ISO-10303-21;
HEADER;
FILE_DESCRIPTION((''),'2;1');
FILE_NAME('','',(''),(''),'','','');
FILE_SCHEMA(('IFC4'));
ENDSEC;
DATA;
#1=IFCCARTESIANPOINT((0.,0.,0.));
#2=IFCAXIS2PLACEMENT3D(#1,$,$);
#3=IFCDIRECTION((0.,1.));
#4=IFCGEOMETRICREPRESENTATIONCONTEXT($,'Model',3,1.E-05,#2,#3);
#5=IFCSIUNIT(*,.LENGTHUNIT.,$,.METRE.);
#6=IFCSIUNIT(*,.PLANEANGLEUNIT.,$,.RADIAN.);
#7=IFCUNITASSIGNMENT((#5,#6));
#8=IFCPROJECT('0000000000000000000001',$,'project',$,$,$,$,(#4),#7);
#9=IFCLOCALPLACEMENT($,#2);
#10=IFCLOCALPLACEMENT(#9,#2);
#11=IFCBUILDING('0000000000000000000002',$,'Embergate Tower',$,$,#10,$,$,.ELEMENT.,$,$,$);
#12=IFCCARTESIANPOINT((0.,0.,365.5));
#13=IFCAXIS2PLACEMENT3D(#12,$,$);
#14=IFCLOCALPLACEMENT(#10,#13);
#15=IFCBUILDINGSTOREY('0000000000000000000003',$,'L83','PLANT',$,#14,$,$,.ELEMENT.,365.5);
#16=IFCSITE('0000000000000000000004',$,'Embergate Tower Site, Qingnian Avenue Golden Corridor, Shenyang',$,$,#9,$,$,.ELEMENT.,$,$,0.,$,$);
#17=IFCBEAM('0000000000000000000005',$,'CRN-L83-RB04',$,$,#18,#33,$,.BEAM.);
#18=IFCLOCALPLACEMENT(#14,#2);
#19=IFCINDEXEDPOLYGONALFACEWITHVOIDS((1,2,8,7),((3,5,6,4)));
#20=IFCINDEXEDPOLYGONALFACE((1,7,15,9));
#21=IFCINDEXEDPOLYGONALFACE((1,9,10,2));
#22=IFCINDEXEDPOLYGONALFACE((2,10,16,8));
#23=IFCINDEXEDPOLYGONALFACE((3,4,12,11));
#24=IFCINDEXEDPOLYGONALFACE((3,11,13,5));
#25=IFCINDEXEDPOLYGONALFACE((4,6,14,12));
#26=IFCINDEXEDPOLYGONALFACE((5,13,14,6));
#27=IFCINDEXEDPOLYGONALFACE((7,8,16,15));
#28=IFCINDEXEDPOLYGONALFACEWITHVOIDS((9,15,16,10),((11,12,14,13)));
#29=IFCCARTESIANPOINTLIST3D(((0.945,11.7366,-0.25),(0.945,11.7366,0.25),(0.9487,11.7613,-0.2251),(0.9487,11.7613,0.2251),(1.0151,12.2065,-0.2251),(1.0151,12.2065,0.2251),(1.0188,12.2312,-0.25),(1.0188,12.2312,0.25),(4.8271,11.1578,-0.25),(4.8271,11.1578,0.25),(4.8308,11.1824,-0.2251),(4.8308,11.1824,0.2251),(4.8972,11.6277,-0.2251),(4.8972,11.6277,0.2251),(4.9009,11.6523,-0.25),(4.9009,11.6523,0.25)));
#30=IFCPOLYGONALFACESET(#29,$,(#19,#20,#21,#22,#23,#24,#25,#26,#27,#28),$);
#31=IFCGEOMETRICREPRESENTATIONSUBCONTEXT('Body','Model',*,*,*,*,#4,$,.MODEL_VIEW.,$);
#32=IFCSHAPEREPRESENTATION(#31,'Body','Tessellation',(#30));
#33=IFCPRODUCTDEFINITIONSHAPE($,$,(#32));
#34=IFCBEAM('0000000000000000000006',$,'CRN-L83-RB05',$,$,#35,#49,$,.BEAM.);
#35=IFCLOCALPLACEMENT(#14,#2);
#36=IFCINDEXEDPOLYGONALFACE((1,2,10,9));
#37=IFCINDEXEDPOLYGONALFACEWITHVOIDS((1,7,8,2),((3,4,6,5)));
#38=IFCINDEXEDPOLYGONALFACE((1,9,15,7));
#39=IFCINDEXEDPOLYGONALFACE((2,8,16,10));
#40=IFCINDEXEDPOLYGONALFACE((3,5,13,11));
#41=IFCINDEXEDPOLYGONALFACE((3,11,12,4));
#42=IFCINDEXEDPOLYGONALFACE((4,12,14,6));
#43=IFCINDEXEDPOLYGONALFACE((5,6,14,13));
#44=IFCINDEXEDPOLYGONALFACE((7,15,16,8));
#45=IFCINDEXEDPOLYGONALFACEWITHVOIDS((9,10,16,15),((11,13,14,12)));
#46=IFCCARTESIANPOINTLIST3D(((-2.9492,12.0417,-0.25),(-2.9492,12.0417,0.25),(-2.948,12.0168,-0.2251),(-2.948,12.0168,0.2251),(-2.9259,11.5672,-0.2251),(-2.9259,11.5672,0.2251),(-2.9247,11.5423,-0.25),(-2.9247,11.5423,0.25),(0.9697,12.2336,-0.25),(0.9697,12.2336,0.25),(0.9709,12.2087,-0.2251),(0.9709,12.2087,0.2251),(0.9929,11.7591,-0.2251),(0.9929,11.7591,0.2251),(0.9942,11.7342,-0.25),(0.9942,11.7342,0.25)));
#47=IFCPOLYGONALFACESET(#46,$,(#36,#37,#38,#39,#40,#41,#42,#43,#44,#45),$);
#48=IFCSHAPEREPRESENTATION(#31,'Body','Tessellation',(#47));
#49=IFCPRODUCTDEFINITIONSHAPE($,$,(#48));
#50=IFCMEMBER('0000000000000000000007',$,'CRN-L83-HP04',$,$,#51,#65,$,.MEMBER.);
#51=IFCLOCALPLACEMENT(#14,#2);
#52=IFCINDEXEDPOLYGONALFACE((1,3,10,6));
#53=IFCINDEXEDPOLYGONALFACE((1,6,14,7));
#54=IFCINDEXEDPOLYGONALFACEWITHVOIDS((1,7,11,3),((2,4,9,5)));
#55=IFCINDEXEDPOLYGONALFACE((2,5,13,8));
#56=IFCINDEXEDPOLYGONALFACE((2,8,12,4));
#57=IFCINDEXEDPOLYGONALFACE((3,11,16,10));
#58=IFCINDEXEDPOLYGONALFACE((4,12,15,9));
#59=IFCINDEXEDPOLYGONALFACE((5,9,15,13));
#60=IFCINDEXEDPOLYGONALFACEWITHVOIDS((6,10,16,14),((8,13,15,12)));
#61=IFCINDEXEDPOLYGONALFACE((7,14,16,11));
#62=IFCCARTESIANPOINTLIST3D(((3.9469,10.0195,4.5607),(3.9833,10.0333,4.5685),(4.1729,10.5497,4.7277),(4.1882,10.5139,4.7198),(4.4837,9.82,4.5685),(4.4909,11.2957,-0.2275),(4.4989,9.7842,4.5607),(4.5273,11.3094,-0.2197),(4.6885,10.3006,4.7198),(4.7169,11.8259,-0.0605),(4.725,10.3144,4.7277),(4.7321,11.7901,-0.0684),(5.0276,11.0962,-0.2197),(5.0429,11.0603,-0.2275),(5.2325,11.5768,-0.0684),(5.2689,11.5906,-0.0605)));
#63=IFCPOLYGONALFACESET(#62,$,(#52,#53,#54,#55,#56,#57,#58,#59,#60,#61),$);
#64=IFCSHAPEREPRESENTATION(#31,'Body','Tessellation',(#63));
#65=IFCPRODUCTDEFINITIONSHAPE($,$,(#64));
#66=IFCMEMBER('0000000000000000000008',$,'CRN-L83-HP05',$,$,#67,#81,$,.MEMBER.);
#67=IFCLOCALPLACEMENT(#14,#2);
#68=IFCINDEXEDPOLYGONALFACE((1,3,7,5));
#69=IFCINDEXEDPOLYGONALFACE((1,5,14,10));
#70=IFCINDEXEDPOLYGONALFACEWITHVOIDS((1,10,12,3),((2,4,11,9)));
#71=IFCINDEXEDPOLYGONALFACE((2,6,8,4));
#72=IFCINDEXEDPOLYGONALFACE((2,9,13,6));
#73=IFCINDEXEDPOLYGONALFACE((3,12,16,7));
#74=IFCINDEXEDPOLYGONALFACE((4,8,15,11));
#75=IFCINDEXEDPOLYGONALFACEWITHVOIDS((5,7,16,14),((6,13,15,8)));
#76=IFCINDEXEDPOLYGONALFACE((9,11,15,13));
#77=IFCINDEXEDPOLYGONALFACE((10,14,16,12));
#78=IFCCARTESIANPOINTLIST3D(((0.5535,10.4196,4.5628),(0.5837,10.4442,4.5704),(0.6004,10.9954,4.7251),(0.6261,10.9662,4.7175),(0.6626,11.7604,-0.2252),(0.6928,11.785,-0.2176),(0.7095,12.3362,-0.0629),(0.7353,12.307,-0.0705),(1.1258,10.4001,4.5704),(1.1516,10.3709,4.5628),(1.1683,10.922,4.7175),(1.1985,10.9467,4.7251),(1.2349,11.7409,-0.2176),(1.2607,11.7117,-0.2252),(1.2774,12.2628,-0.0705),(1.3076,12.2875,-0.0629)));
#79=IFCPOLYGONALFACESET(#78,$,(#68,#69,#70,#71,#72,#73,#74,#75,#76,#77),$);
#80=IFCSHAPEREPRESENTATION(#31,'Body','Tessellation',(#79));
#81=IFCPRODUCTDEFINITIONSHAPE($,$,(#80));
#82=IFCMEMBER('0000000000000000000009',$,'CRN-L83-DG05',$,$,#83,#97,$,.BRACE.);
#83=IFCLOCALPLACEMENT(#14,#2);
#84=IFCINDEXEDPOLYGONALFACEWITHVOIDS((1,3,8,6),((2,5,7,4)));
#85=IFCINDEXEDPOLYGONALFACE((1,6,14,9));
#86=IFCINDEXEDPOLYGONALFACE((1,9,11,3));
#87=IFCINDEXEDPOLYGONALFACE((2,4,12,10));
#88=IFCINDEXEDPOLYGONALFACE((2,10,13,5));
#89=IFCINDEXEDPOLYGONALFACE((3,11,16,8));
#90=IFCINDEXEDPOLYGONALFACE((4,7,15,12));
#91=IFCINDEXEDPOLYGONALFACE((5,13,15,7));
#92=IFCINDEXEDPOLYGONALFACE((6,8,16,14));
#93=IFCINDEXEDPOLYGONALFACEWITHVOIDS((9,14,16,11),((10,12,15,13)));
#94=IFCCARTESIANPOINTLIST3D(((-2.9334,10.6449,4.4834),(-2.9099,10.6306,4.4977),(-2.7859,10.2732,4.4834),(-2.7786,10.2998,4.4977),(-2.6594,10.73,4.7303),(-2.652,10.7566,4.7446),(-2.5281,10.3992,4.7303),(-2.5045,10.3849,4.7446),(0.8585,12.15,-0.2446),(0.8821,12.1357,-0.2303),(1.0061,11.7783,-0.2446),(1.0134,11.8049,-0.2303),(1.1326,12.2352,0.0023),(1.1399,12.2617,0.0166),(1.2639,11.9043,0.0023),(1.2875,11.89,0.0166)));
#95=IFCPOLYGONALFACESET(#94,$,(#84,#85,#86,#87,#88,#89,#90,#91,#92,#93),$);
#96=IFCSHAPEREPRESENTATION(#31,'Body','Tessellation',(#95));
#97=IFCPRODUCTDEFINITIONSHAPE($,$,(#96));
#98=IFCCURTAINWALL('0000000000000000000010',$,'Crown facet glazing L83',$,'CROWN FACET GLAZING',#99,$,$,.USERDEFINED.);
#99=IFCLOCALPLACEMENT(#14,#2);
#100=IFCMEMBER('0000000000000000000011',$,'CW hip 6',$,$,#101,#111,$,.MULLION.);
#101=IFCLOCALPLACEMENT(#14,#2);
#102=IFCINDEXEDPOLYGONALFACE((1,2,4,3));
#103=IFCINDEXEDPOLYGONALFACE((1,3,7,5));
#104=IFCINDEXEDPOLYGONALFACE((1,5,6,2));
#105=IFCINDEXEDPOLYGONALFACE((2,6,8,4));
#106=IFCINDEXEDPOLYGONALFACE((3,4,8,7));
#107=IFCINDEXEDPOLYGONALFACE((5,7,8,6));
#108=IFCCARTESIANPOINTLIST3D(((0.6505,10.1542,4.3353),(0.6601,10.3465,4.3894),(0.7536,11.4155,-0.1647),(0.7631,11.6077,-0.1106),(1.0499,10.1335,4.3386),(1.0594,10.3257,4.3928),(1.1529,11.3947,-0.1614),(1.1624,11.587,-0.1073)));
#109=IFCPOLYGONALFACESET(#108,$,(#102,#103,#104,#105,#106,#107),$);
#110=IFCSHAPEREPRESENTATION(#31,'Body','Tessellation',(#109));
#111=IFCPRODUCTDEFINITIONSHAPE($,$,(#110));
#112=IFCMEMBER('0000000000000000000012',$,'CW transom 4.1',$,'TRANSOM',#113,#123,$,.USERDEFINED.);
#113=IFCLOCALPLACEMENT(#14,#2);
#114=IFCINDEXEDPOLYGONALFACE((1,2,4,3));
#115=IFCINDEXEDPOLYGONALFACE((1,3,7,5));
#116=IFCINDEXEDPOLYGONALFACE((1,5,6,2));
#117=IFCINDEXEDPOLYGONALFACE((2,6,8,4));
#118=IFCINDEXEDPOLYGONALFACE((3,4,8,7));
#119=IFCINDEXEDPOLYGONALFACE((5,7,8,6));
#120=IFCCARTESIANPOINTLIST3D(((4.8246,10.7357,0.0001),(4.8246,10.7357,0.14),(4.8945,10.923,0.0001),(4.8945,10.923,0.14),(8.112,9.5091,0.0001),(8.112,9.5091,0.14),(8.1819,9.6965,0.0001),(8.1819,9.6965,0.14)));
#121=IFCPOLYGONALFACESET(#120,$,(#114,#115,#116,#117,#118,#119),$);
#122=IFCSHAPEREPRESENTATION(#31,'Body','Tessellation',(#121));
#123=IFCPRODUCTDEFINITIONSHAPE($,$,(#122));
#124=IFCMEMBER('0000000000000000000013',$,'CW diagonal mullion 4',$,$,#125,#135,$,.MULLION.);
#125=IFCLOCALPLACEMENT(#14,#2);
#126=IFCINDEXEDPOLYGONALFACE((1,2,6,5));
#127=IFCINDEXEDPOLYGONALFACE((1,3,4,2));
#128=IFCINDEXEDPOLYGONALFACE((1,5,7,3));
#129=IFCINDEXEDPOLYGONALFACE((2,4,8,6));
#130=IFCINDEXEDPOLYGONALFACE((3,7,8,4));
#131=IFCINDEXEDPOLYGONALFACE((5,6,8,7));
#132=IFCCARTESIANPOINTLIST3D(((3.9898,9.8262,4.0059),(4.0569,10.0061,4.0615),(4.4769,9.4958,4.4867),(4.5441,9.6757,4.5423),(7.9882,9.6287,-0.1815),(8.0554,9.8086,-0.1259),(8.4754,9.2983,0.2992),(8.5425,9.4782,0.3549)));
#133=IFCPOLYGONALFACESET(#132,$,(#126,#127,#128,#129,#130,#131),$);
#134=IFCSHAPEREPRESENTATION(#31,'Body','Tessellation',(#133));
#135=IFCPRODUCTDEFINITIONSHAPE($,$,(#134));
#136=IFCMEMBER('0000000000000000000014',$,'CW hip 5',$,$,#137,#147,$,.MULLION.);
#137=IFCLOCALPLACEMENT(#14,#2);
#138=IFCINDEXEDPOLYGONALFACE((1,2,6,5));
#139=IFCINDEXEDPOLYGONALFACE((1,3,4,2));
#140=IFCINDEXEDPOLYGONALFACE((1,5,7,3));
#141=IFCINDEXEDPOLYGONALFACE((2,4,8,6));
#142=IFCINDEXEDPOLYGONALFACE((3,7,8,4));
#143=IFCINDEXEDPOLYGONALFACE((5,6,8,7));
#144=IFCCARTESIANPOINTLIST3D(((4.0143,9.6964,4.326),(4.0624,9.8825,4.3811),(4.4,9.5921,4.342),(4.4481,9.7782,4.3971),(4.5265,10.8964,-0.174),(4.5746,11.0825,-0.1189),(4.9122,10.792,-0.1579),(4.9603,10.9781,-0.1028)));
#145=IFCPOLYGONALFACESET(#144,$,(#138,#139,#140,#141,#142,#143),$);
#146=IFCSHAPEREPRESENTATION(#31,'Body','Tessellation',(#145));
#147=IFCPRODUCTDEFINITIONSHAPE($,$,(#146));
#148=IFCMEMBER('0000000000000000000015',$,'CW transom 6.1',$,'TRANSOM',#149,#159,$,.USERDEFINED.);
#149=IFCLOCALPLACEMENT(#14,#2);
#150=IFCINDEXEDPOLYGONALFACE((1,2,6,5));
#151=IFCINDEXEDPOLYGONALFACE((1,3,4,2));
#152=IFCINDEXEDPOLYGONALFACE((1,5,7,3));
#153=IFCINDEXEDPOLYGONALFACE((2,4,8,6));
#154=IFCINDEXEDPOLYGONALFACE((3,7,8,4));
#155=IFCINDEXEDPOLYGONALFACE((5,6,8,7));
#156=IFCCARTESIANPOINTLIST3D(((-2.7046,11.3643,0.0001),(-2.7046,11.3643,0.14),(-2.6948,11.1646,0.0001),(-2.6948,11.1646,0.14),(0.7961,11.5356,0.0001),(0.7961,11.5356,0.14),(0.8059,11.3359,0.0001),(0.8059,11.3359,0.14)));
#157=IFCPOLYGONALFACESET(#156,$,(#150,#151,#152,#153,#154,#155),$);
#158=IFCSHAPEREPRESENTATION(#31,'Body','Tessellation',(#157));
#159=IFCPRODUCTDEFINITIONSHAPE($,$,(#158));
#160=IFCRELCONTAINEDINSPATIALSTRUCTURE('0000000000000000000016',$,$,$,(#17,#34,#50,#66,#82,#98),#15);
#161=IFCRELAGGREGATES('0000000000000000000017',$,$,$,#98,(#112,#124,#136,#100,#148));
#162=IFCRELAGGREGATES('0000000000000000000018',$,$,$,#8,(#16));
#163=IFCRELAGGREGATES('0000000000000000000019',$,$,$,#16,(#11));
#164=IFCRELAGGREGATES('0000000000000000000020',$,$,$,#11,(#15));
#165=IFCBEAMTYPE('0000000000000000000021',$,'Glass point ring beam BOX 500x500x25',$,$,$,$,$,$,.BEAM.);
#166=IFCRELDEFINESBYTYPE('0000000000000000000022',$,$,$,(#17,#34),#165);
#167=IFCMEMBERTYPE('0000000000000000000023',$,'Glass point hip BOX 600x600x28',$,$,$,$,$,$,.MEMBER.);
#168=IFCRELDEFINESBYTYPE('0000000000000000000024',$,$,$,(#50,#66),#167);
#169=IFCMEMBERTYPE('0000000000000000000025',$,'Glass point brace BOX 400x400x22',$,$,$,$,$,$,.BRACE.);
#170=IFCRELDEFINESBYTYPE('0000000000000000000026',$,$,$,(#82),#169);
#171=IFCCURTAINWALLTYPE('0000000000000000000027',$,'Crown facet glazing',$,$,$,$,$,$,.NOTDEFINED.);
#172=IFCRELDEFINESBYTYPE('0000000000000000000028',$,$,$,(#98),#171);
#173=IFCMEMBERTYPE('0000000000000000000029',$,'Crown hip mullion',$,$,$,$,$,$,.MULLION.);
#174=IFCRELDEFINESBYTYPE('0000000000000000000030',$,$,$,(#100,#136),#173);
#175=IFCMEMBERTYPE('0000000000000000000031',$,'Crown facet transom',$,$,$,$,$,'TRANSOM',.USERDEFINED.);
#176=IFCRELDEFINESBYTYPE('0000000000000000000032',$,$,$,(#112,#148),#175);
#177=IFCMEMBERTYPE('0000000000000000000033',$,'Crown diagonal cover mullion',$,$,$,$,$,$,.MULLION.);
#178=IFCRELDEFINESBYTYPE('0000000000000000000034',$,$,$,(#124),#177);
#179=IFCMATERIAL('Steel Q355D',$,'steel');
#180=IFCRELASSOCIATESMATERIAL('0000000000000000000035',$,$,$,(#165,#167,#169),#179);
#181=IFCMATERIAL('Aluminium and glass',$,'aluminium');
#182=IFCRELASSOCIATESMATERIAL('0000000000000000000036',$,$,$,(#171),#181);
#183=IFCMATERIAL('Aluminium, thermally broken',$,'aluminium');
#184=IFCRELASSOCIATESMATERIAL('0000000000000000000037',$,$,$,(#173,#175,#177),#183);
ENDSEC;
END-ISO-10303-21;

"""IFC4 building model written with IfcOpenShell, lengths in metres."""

from ifc_helpers import new_model, si_unit, direction, frame, origin, origin_2d, place, context, subcontext, project, spatial, rectangle, hollow_rectangle, extrude, source, transform, mapped, material, material_profile, profile_set, type_object, element, aggregate, save


model = new_model("IFC4")

# Units and contexts
model_context = context("Model", 3, precision=1e-05, world=origin(), true_north=direction((0.0, 1.0)))
body_context = subcontext(model_context, "Body", "Model", "MODEL_VIEW")
ifc_project = project(units=[si_unit("LENGTHUNIT", "METRE"), si_unit("PLANEANGLEUNIT", "RADIAN")], contexts=[model_context])

# Site, building, storey
site_placement = place(None, origin())
site = spatial("IfcSite", under=ifc_project, at=site_placement, Name="Embergate Tower Site, Qingnian Avenue Golden Corridor, Shenyang", CompositionType="ELEMENT", RefElevation=0.0)
building_placement = place(site_placement, origin())
building = spatial("IfcBuilding", under=site, at=building_placement, Name="Embergate Tower", CompositionType="ELEMENT")
storey_placement = place(building_placement, frame((0.0, 0.0, 365.5)))
storey = spatial("IfcBuildingStorey", under=building, at=storey_placement, Name="L83", Description="PLANT", CompositionType="ELEMENT", Elevation=365.5)

# Beams
ifc_material_1 = material(Name="Steel Q355D", Category="steel")
ifc_material_profile_1 = material_profile(ifc_material_1, hollow_rectangle(XDim=0.5, YDim=0.5, WallThickness=0.0249, at=origin_2d()), Name="BOX 500x500x25")
ifc_profile_set_1 = profile_set([ifc_material_profile_1], Name="Steel Q355 grade D")
beam_type = type_object("IfcBeamType", Name="Glass point ring beam BOX 500x500x25", PredefinedType="BEAM", material=ifc_profile_set_1)
shared_shape_1 = source(origin(), body_context, "Body", "SweptSolid", [
    extrude(hollow_rectangle(XDim=0.5, YDim=0.5, WallThickness=0.0249, at=origin_2d()), origin(), (0.0, 0.0, 1.0), 3.925),
])
beam_1_placement = place(storey_placement, frame((4.864, 11.405, 0.0), z_axis=(-0.989065, 0.14748, 0.0), x_axis=(-0.14748, -0.989065, 0.0)))
element("IfcBeam", 1, at=beam_1_placement, inside=storey, type_object=beam_type, Name="CRN-L83-RB04", PredefinedType="BEAM", context=body_context, shape_type="MappedRepresentation", body=[
    mapped(shared_shape_1, transform((0.0, 0.0, 0.0))),
])
shared_shape_2 = source(origin(), body_context, "Body", "SweptSolid", [
    extrude(hollow_rectangle(XDim=0.5, YDim=0.5, WallThickness=0.0249, at=origin_2d()), origin(), (0.0, 0.0, 1.0), 3.9236),
])
beam_2_placement = place(storey_placement, frame((0.9819, 11.9839, 0.0), z_axis=(-0.998803, -0.048907, 0.0), x_axis=(0.048907, -0.998803, 0.0)))
element("IfcBeam", 2, at=beam_2_placement, inside=storey, type_object=beam_type, Name="CRN-L83-RB05", PredefinedType="BEAM", context=body_context, shape_type="MappedRepresentation", body=[
    mapped(shared_shape_2, transform((0.0, 0.0, 0.0))),
])

# Members
ifc_material_profile_2 = material_profile(ifc_material_1, hollow_rectangle(XDim=0.6001, YDim=0.6001, WallThickness=0.0281, at=origin_2d()), Name="BOX 600x600x28")
ifc_profile_set_2 = profile_set([ifc_material_profile_2], Name="Steel Q355 grade D")
member_type_1 = type_object("IfcMemberType", Name="Glass point hip BOX 600x600x28", PredefinedType="MEMBER", material=ifc_profile_set_2)
shared_shape_3 = source(origin(), body_context, "Body", "SweptSolid", [
    extrude(hollow_rectangle(XDim=0.6001, YDim=0.6001, WallThickness=0.0281, at=origin_2d()), origin(), (0.0, 0.0, 1.0), 4.9851),
])
member_1_placement = place(storey_placement, frame((4.8799, 11.4431, -0.144), z_axis=(-0.109117, -0.255993, 0.9605), x_axis=(0.919917, -0.392113, 0.0)))
element("IfcMember", 3, at=member_1_placement, inside=storey, type_object=member_type_1, Name="CRN-L83-HP04", PredefinedType="MEMBER", context=body_context, shape_type="MappedRepresentation", body=[
    mapped(shared_shape_3, transform((0.0, 0.0, 0.0))),
])
shared_shape_4 = source(origin(), body_context, "Body", "SweptSolid", [
    extrude(hollow_rectangle(XDim=0.6001, YDim=0.6001, WallThickness=0.0281, at=origin_2d()), origin(), (0.0, 0.0, 1.0), 4.9734),
])
member_2_placement = place(storey_placement, frame((0.9851, 12.0239, -0.144), z_axis=(-0.021943, -0.269594, 0.962724), x_axis=(0.996704, -0.081123, 0.0)))
element("IfcMember", 4, at=member_2_placement, inside=storey, type_object=member_type_1, Name="CRN-L83-HP05", PredefinedType="MEMBER", context=body_context, shape_type="MappedRepresentation", body=[
    mapped(shared_shape_4, transform((0.0, 0.0, 0.0))),
])
ifc_material_profile_3 = material_profile(ifc_material_1, hollow_rectangle(XDim=0.3999, YDim=0.3999, WallThickness=0.022, at=origin_2d()), Name="BOX 400x400x22")
ifc_profile_set_3 = profile_set([ifc_material_profile_3], Name="Steel Q355 grade D")
member_type_2 = type_object("IfcMemberType", Name="Glass point brace BOX 400x400x22", PredefinedType="BRACE", material=ifc_profile_set_3)
shared_shape_5 = source(origin(), body_context, "Body", "SweptSolid", [
    extrude(hollow_rectangle(XDim=0.3999, YDim=0.3999, WallThickness=0.022, at=origin_2d()), origin(), (0.0, 0.0, 1.0), 6.2449),
])
member_3_placement = place(storey_placement, frame((1.073, 12.02, -0.114), z_axis=(-0.607214, -0.241017, 0.757101), x_axis=(0.368923, -0.92946, 0.0)))
element("IfcMember", 5, at=member_3_placement, inside=storey, type_object=member_type_2, Name="CRN-L83-DG05", PredefinedType="BRACE", context=body_context, shape_type="MappedRepresentation", body=[
    mapped(shared_shape_5, transform((0.0, 0.0, 0.0))),
])

# Curtain wall, members
ifc_material_2 = material(Name="Aluminium and glass", Category="aluminium")
curtain_wall_type = type_object("IfcCurtainWallType", Name="Crown facet glazing", PredefinedType="NOTDEFINED", material=ifc_material_2)
curtain_wall_placement = place(storey_placement, origin())
curtain_wall = element("IfcCurtainWall", 6, at=curtain_wall_placement, inside=storey, type_object=curtain_wall_type, Name="Crown facet glazing L83", ObjectType="CROWN FACET GLAZING", PredefinedType="USERDEFINED")
ifc_material_3 = material(Name="Aluminium, thermally broken", Category="aluminium")
ifc_material_profile_4 = material_profile(ifc_material_3, rectangle(XDim=0.2, YDim=0.3999, at=origin_2d()), Name="AL 400x200")
ifc_profile_set_4 = profile_set([ifc_material_profile_4], Name="Aluminium, thermally broken")
member_type_3 = type_object("IfcMemberType", Name="Crown hip mullion", PredefinedType="MULLION", material=ifc_profile_set_4)
shared_shape_6 = source(origin(), body_context, "Body", "SweptSolid", [
    extrude(rectangle(XDim=0.2, YDim=0.3999, at=origin_2d()), origin(), (0.0, 0.0, 1.0), 4.6746),
])
member_4_placement = place(storey_placement, frame((0.958, 11.5012, -0.136), z_axis=(-0.02204, -0.269809, 0.962662), x_axis=(0.04767, 0.961517, 0.270579)))
member_4 = element("IfcMember", 7, at=member_4_placement, type_object=member_type_3, Name="CW hip 6", PredefinedType="MULLION", context=body_context, shape_type="MappedRepresentation", body=[
    mapped(shared_shape_6, transform((0.0, 0.0, 0.0))),
])
ifc_material_profile_5 = material_profile(ifc_material_3, rectangle(XDim=0.2, YDim=0.1399, at=origin_2d()), Name="AL 140x200")
ifc_profile_set_5 = profile_set([ifc_material_profile_5], Name="Aluminium, thermally broken")
member_type_4 = type_object("IfcMemberType", Name="Crown facet transom", ElementType="TRANSOM", PredefinedType="USERDEFINED", material=ifc_profile_set_5)
shared_shape_7 = source(origin(), body_context, "Body", "SweptSolid", [
    extrude(rectangle(XDim=0.2, YDim=0.1399, at=origin_2d()), origin(), (0.0, 0.0, 1.0), 3.5088),
])
member_5_placement = place(storey_placement, frame((8.147, 9.6028, 0.0701), z_axis=(-0.936908, 0.349575, 0.0), x_axis=(-0.349575, -0.936908, 0.0)))
member_5 = element("IfcMember", 8, at=member_5_placement, type_object=member_type_4, Name="CW transom 4.1", ObjectType="TRANSOM", PredefinedType="USERDEFINED", context=body_context, shape_type="MappedRepresentation", body=[
    mapped(shared_shape_7, transform((0.0, 0.0, 0.0))),
])
ifc_material_profile_6 = material_profile(ifc_material_3, rectangle(XDim=0.2, YDim=0.76, at=origin_2d()), Name="AL 760x200")
ifc_profile_set_6 = profile_set([ifc_material_profile_6], Name="Aluminium, thermally broken")
member_type_5 = type_object("IfcMemberType", Name="Crown diagonal cover mullion", PredefinedType="MULLION", material=ifc_profile_set_6)
shared_shape_8 = source(origin(), body_context, "Body", "SweptSolid", [
    extrude(rectangle(XDim=0.2, YDim=0.76, at=origin_2d()), origin(), (0.0, 0.0, 1.0), 5.7932),
])
member_6_placement = place(storey_placement, frame((8.2654, 9.5535, 0.0867), z_axis=(-0.690199, 0.034093, 0.722816), x_axis=(0.335808, 0.899907, 0.278209)))
member_6 = element("IfcMember", 9, at=member_6_placement, type_object=member_type_5, Name="CW diagonal mullion 4", PredefinedType="MULLION", context=body_context, shape_type="MappedRepresentation", body=[
    mapped(shared_shape_8, transform((0.0, 0.0, 0.0))),
])
shared_shape_9 = source(origin(), body_context, "Body", "SweptSolid", [
    extrude(rectangle(XDim=0.2, YDim=0.3999, at=origin_2d()), origin(), (0.0, 0.0, 1.0), 4.6853),
])
member_7_placement = place(storey_placement, frame((4.7434, 10.9373, -0.1384), z_axis=(-0.109322, -0.256109, 0.960446), x_axis=(0.240261, 0.930779, 0.275545)))
member_7 = element("IfcMember", 10, at=member_7_placement, type_object=member_type_3, Name="CW hip 5", PredefinedType="MULLION", context=body_context, shape_type="MappedRepresentation", body=[
    mapped(shared_shape_9, transform((0.0, 0.0, 0.0))),
])
shared_shape_10 = source(origin(), body_context, "Body", "SweptSolid", [
    extrude(rectangle(XDim=0.2, YDim=0.1399, at=origin_2d()), origin(), (0.0, 0.0, 1.0), 3.5049),
])
member_8_placement = place(storey_placement, frame((0.801, 11.4358, 0.0701), z_axis=(-0.998804, -0.048899, 0.0), x_axis=(0.048899, -0.998804, 0.0)))
member_8 = element("IfcMember", 11, at=member_8_placement, type_object=member_type_4, Name="CW transom 6.1", ObjectType="TRANSOM", PredefinedType="USERDEFINED", context=body_context, shape_type="MappedRepresentation", body=[
    mapped(shared_shape_10, transform((0.0, 0.0, 0.0))),
])
aggregate(curtain_wall, [member_5, member_6, member_7, member_4, member_8])

save(model, "model.ifc")
